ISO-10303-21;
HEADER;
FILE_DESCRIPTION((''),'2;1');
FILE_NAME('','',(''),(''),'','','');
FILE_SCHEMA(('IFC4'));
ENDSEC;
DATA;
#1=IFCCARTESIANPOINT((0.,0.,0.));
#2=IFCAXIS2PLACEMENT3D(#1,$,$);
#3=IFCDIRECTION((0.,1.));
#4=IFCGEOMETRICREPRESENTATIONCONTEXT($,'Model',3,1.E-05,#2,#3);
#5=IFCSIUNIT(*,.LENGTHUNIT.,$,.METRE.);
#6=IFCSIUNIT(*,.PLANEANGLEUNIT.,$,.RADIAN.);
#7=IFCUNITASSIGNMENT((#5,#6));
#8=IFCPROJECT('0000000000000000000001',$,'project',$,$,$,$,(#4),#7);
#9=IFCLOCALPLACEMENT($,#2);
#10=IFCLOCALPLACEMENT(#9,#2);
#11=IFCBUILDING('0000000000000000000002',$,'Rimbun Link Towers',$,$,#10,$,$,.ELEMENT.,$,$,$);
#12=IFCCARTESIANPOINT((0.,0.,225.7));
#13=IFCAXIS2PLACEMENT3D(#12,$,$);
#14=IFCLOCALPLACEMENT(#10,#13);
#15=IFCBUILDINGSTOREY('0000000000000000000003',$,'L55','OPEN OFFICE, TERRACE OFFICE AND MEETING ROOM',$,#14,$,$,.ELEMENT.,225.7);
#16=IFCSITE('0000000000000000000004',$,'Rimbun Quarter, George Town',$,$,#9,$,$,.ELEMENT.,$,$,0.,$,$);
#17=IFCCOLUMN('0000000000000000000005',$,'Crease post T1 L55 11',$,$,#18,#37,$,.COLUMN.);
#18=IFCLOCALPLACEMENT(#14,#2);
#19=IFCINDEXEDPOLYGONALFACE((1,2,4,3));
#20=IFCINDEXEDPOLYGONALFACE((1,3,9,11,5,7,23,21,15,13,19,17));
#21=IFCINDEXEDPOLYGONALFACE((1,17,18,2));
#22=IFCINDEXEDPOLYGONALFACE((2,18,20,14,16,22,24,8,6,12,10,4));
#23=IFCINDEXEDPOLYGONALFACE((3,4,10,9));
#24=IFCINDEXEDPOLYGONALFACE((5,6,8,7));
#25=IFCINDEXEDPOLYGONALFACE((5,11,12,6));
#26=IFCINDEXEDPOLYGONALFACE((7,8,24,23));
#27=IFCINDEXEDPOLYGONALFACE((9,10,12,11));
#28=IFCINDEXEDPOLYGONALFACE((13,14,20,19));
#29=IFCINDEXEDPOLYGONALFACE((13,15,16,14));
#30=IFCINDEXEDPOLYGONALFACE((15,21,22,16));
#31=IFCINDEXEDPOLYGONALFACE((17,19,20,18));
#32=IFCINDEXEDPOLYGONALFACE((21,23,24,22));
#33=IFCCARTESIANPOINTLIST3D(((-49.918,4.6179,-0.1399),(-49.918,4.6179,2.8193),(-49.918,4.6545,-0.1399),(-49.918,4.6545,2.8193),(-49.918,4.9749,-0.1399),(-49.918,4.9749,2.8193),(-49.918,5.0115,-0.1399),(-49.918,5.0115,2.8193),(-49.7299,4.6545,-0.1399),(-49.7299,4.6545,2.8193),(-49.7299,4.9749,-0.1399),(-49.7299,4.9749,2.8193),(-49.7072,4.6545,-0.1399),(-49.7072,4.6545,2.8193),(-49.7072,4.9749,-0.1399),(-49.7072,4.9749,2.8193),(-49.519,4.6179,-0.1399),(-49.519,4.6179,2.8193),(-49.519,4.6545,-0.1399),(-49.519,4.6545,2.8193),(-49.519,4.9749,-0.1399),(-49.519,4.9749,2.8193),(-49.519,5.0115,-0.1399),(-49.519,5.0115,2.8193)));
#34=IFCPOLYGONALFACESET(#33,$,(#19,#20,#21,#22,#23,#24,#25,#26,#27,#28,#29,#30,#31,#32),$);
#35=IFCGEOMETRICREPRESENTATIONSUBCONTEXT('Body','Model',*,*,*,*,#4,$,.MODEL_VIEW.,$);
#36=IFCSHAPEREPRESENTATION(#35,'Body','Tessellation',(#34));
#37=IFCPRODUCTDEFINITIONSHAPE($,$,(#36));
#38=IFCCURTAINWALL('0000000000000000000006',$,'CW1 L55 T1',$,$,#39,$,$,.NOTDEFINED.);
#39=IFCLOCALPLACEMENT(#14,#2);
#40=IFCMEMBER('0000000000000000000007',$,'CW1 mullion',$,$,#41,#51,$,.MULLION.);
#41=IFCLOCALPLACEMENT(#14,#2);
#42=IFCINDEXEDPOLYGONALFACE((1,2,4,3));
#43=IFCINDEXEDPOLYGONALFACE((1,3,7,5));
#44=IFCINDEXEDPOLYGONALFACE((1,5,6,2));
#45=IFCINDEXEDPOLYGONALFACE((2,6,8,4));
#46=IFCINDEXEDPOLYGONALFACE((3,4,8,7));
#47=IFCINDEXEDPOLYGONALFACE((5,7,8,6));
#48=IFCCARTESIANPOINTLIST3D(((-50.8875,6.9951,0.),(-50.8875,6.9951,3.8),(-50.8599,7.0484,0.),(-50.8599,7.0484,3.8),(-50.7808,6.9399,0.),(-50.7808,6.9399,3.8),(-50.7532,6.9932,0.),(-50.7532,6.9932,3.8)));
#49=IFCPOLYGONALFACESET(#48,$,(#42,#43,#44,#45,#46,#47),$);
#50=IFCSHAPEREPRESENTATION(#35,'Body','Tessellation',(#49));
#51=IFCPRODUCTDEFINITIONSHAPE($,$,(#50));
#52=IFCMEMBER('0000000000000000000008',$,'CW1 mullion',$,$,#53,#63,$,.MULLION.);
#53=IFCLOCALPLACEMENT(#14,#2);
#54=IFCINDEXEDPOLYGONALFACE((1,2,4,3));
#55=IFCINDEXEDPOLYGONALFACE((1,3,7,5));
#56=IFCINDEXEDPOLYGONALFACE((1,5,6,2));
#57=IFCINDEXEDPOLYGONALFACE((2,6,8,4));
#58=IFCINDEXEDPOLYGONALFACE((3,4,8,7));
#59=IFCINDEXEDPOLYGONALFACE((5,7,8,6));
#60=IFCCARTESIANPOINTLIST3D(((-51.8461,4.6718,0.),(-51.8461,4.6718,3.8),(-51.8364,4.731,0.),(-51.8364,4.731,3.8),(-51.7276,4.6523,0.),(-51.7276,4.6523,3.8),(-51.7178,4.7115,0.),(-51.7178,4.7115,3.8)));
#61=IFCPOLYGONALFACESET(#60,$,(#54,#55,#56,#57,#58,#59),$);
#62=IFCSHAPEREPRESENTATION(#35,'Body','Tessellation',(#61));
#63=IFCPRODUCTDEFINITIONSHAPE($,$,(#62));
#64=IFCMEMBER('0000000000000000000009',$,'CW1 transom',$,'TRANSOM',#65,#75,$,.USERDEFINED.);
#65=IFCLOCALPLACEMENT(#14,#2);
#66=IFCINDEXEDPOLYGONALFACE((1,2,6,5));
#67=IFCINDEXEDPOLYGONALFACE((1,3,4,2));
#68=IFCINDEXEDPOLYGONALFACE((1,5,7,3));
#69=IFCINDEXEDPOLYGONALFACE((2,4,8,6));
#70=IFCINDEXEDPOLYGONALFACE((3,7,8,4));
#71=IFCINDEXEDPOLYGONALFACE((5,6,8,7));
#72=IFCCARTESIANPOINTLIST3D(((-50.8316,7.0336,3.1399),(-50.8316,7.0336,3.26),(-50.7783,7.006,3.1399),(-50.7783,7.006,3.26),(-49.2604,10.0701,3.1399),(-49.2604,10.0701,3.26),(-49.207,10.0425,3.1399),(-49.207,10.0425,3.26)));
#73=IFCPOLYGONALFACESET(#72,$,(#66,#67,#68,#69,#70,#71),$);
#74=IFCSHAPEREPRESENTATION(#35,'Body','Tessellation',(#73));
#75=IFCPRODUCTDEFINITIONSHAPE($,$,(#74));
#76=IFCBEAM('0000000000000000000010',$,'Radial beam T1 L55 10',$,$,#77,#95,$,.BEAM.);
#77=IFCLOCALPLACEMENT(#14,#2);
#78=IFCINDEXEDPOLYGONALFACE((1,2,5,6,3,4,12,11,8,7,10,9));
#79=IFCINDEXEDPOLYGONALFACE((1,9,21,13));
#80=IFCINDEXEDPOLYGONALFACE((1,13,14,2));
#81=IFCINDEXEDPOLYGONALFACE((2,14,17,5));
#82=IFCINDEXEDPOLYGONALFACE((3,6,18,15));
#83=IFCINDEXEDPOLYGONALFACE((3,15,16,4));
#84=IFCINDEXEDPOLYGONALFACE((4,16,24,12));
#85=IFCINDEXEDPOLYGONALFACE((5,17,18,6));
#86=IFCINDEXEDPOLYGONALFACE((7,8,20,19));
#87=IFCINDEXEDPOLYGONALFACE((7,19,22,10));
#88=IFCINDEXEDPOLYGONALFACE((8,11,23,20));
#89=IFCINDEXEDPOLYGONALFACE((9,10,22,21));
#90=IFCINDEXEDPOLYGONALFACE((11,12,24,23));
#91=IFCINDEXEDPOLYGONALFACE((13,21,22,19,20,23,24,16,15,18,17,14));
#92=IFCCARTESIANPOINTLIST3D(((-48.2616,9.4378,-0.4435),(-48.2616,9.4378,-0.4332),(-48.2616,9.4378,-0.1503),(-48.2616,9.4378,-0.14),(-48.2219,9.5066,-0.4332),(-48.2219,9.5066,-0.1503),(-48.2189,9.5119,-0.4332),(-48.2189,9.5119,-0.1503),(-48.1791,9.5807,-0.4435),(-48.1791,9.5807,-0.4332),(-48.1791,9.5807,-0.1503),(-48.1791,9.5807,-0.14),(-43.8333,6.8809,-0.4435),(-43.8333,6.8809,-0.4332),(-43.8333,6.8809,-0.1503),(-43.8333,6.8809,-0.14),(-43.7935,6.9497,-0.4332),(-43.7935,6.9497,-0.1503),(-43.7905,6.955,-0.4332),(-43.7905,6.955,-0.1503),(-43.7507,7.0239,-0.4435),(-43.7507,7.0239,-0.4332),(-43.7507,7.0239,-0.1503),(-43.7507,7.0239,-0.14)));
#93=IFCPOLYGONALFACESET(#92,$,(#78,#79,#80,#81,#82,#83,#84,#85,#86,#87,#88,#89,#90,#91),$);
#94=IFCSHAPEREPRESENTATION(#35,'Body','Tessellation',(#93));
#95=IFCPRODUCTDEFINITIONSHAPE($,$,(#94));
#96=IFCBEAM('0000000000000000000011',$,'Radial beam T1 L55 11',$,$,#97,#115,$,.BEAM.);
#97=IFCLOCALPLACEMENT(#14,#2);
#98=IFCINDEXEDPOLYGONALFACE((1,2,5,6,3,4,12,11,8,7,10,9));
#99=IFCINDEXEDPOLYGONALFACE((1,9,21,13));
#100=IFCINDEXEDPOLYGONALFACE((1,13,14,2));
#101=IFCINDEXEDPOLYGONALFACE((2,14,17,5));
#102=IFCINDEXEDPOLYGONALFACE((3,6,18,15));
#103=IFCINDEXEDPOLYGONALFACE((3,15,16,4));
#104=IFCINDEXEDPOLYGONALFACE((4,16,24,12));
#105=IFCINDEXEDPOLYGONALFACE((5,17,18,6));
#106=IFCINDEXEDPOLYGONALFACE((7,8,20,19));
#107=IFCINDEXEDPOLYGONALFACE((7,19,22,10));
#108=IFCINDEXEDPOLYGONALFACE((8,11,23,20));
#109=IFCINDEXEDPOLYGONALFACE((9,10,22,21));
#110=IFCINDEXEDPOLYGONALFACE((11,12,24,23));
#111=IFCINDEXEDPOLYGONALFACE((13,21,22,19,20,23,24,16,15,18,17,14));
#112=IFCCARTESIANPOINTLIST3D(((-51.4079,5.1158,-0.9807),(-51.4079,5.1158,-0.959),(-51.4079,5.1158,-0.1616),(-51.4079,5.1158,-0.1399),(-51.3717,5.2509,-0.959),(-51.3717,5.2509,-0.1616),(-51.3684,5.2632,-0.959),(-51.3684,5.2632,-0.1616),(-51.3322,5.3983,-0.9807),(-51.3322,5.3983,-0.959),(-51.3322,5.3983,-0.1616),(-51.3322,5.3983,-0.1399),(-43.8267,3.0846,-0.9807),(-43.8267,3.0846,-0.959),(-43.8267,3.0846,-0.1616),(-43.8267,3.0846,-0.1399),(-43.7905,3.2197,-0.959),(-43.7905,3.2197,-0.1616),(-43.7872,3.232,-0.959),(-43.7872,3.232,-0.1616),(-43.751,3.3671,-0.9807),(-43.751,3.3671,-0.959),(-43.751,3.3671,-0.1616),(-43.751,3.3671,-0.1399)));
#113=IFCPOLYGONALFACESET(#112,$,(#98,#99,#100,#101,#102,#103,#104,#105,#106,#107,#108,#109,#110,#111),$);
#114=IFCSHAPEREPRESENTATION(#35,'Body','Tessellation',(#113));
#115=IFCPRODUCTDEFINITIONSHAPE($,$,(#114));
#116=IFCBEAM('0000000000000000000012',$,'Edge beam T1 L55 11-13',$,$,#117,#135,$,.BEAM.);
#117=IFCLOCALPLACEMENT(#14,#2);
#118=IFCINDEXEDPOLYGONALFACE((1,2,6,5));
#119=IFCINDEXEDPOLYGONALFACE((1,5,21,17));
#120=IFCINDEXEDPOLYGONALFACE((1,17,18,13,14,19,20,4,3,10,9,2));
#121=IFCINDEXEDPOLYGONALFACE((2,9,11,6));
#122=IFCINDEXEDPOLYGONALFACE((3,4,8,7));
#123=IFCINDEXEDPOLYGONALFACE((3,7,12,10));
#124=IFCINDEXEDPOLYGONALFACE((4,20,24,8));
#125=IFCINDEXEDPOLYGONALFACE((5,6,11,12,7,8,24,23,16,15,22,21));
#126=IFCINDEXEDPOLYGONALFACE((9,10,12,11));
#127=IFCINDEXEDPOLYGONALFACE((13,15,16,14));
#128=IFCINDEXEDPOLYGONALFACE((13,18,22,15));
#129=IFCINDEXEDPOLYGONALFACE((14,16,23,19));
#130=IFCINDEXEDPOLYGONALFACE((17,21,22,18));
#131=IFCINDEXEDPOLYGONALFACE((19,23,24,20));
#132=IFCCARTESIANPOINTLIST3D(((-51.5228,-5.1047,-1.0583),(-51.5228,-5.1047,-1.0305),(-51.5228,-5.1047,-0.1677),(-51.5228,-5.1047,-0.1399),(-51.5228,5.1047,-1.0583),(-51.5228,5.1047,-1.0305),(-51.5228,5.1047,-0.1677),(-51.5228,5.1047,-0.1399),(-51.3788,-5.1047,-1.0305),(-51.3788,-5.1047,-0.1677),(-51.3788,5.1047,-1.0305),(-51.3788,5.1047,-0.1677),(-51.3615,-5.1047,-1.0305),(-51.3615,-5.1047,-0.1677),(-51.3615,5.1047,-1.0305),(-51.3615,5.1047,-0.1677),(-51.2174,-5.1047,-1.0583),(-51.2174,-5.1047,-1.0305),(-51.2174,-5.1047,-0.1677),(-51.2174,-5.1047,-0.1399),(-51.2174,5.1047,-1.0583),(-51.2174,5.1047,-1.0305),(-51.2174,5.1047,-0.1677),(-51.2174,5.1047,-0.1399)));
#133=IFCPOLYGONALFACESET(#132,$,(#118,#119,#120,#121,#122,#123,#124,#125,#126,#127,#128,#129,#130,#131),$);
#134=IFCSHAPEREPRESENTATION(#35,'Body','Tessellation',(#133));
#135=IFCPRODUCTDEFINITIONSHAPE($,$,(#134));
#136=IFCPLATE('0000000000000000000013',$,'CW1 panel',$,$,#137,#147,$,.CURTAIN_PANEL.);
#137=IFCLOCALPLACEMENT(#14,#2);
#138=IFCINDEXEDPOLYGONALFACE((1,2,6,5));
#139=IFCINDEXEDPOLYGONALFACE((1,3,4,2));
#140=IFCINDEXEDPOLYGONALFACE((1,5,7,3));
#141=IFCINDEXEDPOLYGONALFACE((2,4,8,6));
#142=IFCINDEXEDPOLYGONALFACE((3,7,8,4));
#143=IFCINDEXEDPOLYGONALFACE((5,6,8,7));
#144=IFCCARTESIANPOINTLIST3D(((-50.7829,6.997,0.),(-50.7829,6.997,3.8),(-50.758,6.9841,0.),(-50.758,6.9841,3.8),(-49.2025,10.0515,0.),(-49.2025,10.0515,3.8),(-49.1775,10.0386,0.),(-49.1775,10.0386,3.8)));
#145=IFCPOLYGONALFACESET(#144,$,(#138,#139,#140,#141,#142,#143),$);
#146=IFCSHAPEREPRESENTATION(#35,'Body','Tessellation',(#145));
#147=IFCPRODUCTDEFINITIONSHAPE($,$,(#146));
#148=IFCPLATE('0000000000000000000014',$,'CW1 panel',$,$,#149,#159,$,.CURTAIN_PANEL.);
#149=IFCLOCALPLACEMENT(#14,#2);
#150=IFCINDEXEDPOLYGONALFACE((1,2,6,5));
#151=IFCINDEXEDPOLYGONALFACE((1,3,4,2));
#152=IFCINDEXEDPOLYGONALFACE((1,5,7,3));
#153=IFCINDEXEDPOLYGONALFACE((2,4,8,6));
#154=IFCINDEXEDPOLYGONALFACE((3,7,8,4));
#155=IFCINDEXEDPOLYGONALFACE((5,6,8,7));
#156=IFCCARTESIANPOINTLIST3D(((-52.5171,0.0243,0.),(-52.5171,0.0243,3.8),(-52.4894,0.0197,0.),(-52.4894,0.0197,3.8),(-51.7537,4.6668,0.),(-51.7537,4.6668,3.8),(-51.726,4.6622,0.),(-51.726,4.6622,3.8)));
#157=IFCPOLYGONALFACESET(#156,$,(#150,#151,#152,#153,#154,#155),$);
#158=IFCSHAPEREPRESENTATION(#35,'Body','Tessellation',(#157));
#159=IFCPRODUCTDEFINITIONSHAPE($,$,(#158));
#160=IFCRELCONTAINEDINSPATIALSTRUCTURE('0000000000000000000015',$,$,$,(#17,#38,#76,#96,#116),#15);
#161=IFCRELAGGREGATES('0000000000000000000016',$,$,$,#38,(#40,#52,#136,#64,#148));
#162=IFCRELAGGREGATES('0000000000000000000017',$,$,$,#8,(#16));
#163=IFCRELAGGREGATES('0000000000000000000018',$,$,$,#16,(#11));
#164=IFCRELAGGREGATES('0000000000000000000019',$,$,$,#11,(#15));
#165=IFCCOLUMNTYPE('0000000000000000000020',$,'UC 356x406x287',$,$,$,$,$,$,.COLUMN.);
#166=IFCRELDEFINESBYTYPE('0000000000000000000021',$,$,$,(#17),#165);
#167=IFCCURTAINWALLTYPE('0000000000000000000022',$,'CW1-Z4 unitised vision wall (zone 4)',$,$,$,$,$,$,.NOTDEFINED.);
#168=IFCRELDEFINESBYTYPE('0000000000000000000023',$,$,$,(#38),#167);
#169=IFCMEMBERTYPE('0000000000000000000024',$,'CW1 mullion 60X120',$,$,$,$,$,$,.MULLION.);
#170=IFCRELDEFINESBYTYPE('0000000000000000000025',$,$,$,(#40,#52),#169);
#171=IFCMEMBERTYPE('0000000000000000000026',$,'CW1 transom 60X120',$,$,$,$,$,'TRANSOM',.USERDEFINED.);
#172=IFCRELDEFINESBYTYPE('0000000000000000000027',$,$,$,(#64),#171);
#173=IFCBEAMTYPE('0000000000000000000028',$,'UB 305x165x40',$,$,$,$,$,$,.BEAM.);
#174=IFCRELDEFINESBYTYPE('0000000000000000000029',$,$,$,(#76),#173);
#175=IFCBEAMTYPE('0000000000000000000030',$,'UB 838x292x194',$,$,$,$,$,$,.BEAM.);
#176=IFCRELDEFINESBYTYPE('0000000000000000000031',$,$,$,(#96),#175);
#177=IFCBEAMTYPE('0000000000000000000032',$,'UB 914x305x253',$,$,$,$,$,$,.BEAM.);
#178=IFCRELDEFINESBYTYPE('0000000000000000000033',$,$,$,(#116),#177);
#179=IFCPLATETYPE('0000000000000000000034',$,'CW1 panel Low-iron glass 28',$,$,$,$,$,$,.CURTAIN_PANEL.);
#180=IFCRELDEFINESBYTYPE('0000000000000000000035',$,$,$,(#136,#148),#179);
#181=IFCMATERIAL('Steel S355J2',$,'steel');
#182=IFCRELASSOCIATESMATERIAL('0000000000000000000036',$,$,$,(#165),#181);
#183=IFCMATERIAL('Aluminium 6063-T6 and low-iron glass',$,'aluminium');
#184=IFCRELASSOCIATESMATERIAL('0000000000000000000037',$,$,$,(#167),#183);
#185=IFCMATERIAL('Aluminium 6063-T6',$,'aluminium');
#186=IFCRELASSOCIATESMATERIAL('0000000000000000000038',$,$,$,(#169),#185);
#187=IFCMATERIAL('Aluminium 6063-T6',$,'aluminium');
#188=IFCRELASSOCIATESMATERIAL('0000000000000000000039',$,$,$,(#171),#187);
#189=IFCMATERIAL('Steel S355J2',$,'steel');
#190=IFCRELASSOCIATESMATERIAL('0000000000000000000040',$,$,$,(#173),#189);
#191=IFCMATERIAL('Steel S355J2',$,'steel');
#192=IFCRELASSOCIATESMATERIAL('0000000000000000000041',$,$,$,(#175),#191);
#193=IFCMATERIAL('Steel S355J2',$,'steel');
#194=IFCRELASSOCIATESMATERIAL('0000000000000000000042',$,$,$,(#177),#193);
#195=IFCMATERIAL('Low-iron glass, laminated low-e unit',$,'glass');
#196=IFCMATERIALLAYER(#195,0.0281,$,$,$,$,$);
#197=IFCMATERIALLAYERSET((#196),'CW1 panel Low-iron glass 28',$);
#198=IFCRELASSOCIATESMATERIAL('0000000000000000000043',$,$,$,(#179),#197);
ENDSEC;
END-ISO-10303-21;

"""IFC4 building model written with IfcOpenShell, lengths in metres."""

from ifc_helpers import new_model, si_unit, direction, frame, origin, origin_2d, place, context, subcontext, project, spatial, rectangle, i_section, extrude, material, layer, layer_set, material_profile, profile_set, type_object, element, aggregate, save


model = new_model("IFC4")

# Units and contexts
model_context = context("Model", 3, precision=1e-05, world=origin(), true_north=direction((0.0, 1.0)))
body_context = subcontext(model_context, "Body", "Model", "MODEL_VIEW")
ifc_project = project(units=[si_unit("LENGTHUNIT", "METRE"), si_unit("PLANEANGLEUNIT", "RADIAN")], contexts=[model_context])

# Site, building, storey
site_placement = place(None, origin())
site = spatial("IfcSite", under=ifc_project, at=site_placement, Name="Rimbun Quarter, George Town", CompositionType="ELEMENT", RefElevation=0.0)
building_placement = place(site_placement, origin())
building = spatial("IfcBuilding", under=site, at=building_placement, Name="Rimbun Link Towers", CompositionType="ELEMENT")
storey_placement = place(building_placement, frame((0.0, 0.0, 225.7)))
storey = spatial("IfcBuildingStorey", under=building, at=storey_placement, Name="L55", Description="OPEN OFFICE, TERRACE OFFICE AND MEETING ROOM", CompositionType="ELEMENT", Elevation=225.7)

# Column
ifc_material_1 = material(Name="Steel S355J2", Category="steel")
ifc_material_profile_1 = material_profile(ifc_material_1, i_section(OverallWidth=0.3989, OverallDepth=0.3936, WebThickness=0.0227, FlangeThickness=0.0366, at=origin_2d()), Name="UC 356x406x287")
ifc_profile_set_1 = profile_set([ifc_material_profile_1], Name="Steel S355J2")
column_type = type_object("IfcColumnType", Name="UC 356x406x287", PredefinedType="COLUMN", material=ifc_profile_set_1)
column_placement = place(storey_placement, frame((-49.7185, 4.8147, -0.1399), z_axis=(0.0, 0.0, 1.0), x_axis=(1.0, 0.0, 0.0)))
element("IfcColumn", 1, at=column_placement, inside=storey, type_object=column_type, Name="Crease post T1 L55 11", PredefinedType="COLUMN", context=body_context, shape_type="SweptSolid", body=[
    extrude(i_section(OverallWidth=0.3989, OverallDepth=0.3936, WebThickness=0.0227, FlangeThickness=0.0366, at=origin_2d()), origin(), (0.0, 0.0, 1.0), 2.9592),
])

# Curtain wall, members
ifc_material_2 = material(Name="Aluminium 6063-T6 and low-iron glass", Category="aluminium")
curtain_wall_type = type_object("IfcCurtainWallType", Name="CW1-Z4 unitised vision wall (zone 4)", PredefinedType="NOTDEFINED", material=ifc_material_2)
curtain_wall_placement = place(storey_placement, origin())
curtain_wall = element("IfcCurtainWall", 2, at=curtain_wall_placement, inside=storey, type_object=curtain_wall_type, Name="CW1 L55 T1", PredefinedType="NOTDEFINED")
ifc_material_3 = material(Name="Aluminium 6063-T6", Category="aluminium")
ifc_material_profile_2 = material_profile(ifc_material_3, rectangle(XDim=0.1201, YDim=0.0601, at=origin_2d()), Name="MULLION 60X120")
ifc_profile_set_2 = profile_set([ifc_material_profile_2], Name="Aluminium 6063-T6")
member_type_1 = type_object("IfcMemberType", Name="CW1 mullion 60X120", PredefinedType="MULLION", material=ifc_profile_set_2)
member_1_placement = place(storey_placement, frame((-50.8203, 6.9941, 0.0), z_axis=(0.0, 0.0, 1.0), x_axis=(-0.888153, 0.459548, 0.0)))
member_1 = element("IfcMember", 3, at=member_1_placement, type_object=member_type_1, Name="CW1 mullion", PredefinedType="MULLION", context=body_context, shape_type="SweptSolid", body=[
    extrude(rectangle(XDim=0.1201, YDim=0.0601, at=origin_2d()), origin(), (0.0, 0.0, 1.0), 3.8),
])
member_2_placement = place(storey_placement, frame((-51.782, 4.6917, 0.0), z_axis=(0.0, 0.0, 1.0), x_axis=(-0.986747, 0.162264, 0.0)))
member_2 = element("IfcMember", 4, at=member_2_placement, type_object=member_type_1, Name="CW1 mullion", PredefinedType="MULLION", context=body_context, shape_type="SweptSolid", body=[
    extrude(rectangle(XDim=0.1201, YDim=0.0601, at=origin_2d()), origin(), (0.0, 0.0, 1.0), 3.8),
])
ifc_material_4 = material(Name="Aluminium 6063-T6", Category="aluminium")
ifc_material_profile_3 = material_profile(ifc_material_4, rectangle(XDim=0.0601, YDim=0.1201, at=origin_2d()), Name="TRANSOM 60X120")
ifc_profile_set_3 = profile_set([ifc_material_profile_3], Name="Aluminium 6063-T6")
member_type_2 = type_object("IfcMemberType", Name="CW1 transom 60X120", ElementType="TRANSOM", PredefinedType="USERDEFINED", material=ifc_profile_set_3)
member_3_placement = place(storey_placement, frame((-50.8049, 7.0198, 3.2), z_axis=(0.459567, 0.888143, 0.0), x_axis=(-0.888143, 0.459567, 0.0)))
member_3 = element("IfcMember", 5, at=member_3_placement, type_object=member_type_2, Name="CW1 transom", ObjectType="TRANSOM", PredefinedType="USERDEFINED", context=body_context, shape_type="SweptSolid", body=[
    extrude(rectangle(XDim=0.0601, YDim=0.1201, at=origin_2d()), origin(), (0.0, 0.0, 1.0), 3.4189),
])

# Beams
ifc_material_5 = material(Name="Steel S355J2", Category="steel")
ifc_material_profile_4 = material_profile(ifc_material_5, i_section(OverallWidth=0.165, OverallDepth=0.3035, WebThickness=0.0061, FlangeThickness=0.0103, at=origin_2d()), Name="UB 305x165x40")
ifc_profile_set_4 = profile_set([ifc_material_profile_4], Name="Steel S355J2")
beam_type_1 = type_object("IfcBeamType", Name="UB 305x165x40", PredefinedType="BEAM", material=ifc_profile_set_4)
beam_1_placement = place(storey_placement, frame((-43.792, 6.9524, -0.2917), z_axis=(-0.866016, 0.500016, 0.0), x_axis=(-0.500016, -0.866016, 0.0)))
element("IfcBeam", 6, at=beam_1_placement, inside=storey, type_object=beam_type_1, Name="Radial beam T1 L55 10", PredefinedType="BEAM", context=body_context, shape_type="SweptSolid", body=[
    extrude(i_section(OverallWidth=0.165, OverallDepth=0.3035, WebThickness=0.0061, FlangeThickness=0.0103, at=origin_2d()), origin(), (0.0, 0.0, 1.0), 5.1135),
])
ifc_material_6 = material(Name="Steel S355J2", Category="steel")
ifc_material_profile_5 = material_profile(ifc_material_6, i_section(OverallWidth=0.2925, OverallDepth=0.8408, WebThickness=0.0127, FlangeThickness=0.0217, at=origin_2d()), Name="UB 838x292x194")
ifc_profile_set_5 = profile_set([ifc_material_profile_5], Name="Steel S355J2")
beam_type_2 = type_object("IfcBeamType", Name="UB 838x292x194", PredefinedType="BEAM", material=ifc_profile_set_5)
beam_2_placement = place(storey_placement, frame((-43.7888, 3.2258, -0.5603), z_axis=(-0.965931, 0.258801, 0.0), x_axis=(-0.258801, -0.965931, 0.0)))
element("IfcBeam", 7, at=beam_2_placement, inside=storey, type_object=beam_type_2, Name="Radial beam T1 L55 11", PredefinedType="BEAM", context=body_context, shape_type="SweptSolid", body=[
    extrude(i_section(OverallWidth=0.2925, OverallDepth=0.8408, WebThickness=0.0127, FlangeThickness=0.0217, at=origin_2d()), origin(), (0.0, 0.0, 1.0), 7.8486),
])
ifc_material_7 = material(Name="Steel S355J2", Category="steel")
ifc_material_profile_6 = material_profile(ifc_material_7, i_section(OverallWidth=0.3054, OverallDepth=0.9185, WebThickness=0.0173, FlangeThickness=0.0278, at=origin_2d()), Name="UB 914x305x253")
ifc_profile_set_6 = profile_set([ifc_material_profile_6], Name="Steel S355J2")
beam_type_3 = type_object("IfcBeamType", Name="UB 914x305x253", PredefinedType="BEAM", material=ifc_profile_set_6)
beam_3_placement = place(storey_placement, frame((-51.3701, 5.1047, -0.5991), z_axis=(0.0, -1.0, 0.0), x_axis=(1.0, 0.0, 0.0)))
element("IfcBeam", 8, at=beam_3_placement, inside=storey, type_object=beam_type_3, Name="Edge beam T1 L55 11-13", PredefinedType="BEAM", context=body_context, shape_type="SweptSolid", body=[
    extrude(i_section(OverallWidth=0.3054, OverallDepth=0.9185, WebThickness=0.0173, FlangeThickness=0.0278, at=origin_2d()), origin(), (0.0, 0.0, 1.0), 10.2095),
])

# Plates
ifc_material_8 = material(Name="Low-iron glass, laminated low-e unit", Category="glass")
ifc_layer_1 = layer(ifc_material_8, 0.0281)
ifc_layer_set_1 = layer_set([ifc_layer_1], Name="CW1 panel Low-iron glass 28")
plate_type = type_object("IfcPlateType", Name="CW1 panel Low-iron glass 28", PredefinedType="CURTAIN_PANEL", material=ifc_layer_set_1)
plate_1_placement = place(storey_placement, frame((-49.9802, 8.5178, 0.0), z_axis=(0.0, 0.0, 1.0), x_axis=(0.459548, 0.888153, 0.0)))
plate_1 = element("IfcPlate", 9, at=plate_1_placement, type_object=plate_type, Name="CW1 panel", PredefinedType="CURTAIN_PANEL", context=body_context, shape_type="SweptSolid", body=[
    extrude(rectangle(XDim=3.4392, YDim=0.0281, at=origin_2d()), origin(), (0.0, 0.0, 1.0), 3.8),
])
plate_2_placement = place(storey_placement, frame((-52.1216, 2.3433, 0.0), z_axis=(0.0, 0.0, 1.0), x_axis=(0.162264, 0.986747, 0.0)))
plate_2 = element("IfcPlate", 10, at=plate_2_placement, type_object=plate_type, Name="CW1 panel", PredefinedType="CURTAIN_PANEL", context=body_context, shape_type="SweptSolid", body=[
    extrude(rectangle(XDim=4.7048, YDim=0.0281, at=origin_2d()), origin(), (0.0, 0.0, 1.0), 3.8),
])
aggregate(curtain_wall, [member_1, member_2, plate_1, member_3, plate_2])

save(model, "model.ifc")
